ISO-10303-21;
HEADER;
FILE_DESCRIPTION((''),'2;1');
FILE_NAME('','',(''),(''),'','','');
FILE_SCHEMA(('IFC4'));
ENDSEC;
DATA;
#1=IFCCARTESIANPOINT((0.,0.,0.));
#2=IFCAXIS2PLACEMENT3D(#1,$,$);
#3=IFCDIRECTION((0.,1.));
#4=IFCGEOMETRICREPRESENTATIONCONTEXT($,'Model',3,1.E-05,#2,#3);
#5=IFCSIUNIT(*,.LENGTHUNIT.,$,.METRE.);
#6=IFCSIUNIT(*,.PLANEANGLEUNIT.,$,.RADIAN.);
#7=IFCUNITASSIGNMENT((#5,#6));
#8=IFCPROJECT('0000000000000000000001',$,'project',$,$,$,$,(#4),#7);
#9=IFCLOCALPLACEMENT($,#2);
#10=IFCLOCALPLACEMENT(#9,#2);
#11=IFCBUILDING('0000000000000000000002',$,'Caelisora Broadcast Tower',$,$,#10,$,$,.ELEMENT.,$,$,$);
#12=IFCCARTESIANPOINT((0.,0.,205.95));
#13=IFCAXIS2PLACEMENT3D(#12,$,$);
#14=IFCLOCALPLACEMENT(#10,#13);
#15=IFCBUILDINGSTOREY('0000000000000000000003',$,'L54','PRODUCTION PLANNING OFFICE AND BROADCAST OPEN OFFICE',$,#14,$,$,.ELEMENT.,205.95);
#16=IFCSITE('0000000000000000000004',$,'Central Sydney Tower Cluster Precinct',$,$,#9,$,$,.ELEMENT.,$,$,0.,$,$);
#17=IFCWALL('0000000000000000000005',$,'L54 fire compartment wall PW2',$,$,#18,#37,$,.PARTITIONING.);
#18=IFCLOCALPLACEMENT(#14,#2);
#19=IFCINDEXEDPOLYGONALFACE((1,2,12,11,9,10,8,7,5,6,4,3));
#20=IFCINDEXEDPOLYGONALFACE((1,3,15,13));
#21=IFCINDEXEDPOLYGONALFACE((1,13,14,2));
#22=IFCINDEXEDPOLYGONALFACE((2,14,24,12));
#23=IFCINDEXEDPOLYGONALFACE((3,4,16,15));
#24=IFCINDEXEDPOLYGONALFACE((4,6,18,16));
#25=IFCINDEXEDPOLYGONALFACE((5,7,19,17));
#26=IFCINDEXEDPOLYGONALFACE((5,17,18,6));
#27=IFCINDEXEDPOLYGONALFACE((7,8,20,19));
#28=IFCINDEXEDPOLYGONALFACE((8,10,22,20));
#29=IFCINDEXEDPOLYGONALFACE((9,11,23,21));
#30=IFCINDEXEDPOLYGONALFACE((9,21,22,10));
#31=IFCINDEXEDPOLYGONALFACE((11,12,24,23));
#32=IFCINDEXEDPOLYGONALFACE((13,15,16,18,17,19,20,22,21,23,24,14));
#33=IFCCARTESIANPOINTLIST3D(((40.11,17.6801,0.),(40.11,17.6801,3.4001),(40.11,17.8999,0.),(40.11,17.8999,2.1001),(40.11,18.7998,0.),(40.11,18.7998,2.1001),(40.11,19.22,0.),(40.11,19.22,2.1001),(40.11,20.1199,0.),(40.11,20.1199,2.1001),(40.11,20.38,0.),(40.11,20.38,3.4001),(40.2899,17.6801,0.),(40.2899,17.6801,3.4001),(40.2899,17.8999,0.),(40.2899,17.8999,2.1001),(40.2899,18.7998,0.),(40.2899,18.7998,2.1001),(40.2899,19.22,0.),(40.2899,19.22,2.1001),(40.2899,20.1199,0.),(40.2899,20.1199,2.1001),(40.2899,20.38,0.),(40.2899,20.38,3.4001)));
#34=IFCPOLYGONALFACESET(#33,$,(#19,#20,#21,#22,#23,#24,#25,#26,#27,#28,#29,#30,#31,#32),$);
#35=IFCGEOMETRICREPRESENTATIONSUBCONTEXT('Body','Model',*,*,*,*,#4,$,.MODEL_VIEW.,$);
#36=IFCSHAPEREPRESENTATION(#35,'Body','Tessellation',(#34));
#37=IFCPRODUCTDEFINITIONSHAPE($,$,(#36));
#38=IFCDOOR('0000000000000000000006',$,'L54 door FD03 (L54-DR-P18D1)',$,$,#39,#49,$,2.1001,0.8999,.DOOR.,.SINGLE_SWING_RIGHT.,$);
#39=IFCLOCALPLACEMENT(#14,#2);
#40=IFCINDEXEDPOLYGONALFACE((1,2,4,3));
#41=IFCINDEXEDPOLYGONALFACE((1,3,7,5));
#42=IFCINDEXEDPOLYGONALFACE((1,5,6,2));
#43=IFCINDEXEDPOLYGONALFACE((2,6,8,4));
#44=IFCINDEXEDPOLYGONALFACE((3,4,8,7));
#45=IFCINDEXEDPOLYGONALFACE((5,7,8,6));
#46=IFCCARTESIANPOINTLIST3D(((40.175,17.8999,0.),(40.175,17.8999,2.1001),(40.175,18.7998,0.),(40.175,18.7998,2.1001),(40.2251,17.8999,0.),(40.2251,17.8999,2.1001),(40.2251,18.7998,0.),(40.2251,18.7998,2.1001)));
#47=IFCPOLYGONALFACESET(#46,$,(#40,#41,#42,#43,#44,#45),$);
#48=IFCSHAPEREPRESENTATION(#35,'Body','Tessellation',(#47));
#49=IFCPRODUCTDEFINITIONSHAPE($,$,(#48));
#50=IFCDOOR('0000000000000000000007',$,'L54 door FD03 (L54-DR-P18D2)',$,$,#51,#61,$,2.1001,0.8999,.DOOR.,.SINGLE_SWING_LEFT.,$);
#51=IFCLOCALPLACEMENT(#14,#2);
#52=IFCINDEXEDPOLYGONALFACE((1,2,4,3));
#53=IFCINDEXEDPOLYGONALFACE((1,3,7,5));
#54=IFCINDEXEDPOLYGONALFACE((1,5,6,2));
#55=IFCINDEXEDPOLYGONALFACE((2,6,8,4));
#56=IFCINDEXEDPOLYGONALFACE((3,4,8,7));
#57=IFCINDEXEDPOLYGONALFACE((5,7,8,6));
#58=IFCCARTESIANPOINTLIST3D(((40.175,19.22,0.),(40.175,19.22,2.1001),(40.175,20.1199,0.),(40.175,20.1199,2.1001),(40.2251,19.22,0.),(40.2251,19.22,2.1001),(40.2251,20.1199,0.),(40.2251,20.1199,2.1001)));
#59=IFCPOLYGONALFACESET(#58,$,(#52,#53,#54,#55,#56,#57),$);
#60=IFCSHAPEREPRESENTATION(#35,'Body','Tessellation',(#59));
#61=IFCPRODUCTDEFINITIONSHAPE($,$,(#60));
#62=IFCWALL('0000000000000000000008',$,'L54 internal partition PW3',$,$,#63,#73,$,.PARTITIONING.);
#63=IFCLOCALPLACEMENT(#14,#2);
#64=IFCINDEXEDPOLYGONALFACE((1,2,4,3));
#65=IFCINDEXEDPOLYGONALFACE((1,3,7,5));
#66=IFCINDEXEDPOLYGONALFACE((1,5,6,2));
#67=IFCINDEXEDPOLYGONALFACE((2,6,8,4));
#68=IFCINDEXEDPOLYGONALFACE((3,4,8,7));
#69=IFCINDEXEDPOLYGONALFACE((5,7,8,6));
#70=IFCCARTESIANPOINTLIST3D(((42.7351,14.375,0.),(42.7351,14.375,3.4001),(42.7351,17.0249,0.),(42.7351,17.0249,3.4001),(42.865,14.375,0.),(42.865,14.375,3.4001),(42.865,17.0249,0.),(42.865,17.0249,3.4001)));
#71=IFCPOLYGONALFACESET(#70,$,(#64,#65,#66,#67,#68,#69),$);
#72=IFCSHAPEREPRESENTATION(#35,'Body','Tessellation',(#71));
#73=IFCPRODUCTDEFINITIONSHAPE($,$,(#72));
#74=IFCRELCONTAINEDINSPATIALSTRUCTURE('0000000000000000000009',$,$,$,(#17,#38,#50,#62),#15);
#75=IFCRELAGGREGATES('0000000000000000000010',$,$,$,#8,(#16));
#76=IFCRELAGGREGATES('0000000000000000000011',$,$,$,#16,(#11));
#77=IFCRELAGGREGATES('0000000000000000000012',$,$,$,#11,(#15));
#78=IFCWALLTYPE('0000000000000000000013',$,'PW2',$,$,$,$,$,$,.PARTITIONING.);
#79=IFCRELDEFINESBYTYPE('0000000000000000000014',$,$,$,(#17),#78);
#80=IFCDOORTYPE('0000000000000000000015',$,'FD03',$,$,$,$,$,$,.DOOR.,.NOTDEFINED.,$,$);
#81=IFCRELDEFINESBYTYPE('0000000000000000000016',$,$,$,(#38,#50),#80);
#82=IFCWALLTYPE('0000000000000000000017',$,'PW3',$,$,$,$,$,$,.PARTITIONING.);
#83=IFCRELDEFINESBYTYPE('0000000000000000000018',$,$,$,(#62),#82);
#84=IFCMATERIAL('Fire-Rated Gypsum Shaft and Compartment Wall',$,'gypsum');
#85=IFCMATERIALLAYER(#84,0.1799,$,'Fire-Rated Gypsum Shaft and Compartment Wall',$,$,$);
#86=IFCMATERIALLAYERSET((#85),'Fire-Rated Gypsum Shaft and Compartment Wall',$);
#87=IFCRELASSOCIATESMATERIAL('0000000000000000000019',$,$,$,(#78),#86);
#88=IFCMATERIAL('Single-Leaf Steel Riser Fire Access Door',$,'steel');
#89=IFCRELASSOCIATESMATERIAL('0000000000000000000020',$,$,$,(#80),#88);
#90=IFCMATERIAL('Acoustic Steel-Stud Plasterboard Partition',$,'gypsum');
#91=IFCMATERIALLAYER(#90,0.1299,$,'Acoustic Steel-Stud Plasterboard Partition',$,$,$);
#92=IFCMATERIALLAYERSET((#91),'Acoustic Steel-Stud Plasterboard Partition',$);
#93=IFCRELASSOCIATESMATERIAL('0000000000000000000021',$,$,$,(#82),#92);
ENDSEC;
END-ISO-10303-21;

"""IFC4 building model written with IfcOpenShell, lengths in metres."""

from ifc_helpers import new_model, si_unit, direction, frame, frame_2d, origin, place, context, subcontext, project, spatial, rectangle, extrude, material, layer, layer_set, type_object, element, fill, save


model = new_model("IFC4")

# Units and contexts
model_context = context("Model", 3, precision=1e-05, world=origin(), true_north=direction((0.0, 1.0)))
body_context = subcontext(model_context, "Body", "Model", "MODEL_VIEW")
ifc_project = project(units=[si_unit("LENGTHUNIT", "METRE"), si_unit("PLANEANGLEUNIT", "RADIAN")], contexts=[model_context])

# Site, building, storey
site_placement = place(None, origin())
site = spatial("IfcSite", under=ifc_project, at=site_placement, Name="Central Sydney Tower Cluster Precinct", CompositionType="ELEMENT", RefElevation=0.0)
building_placement = place(site_placement, origin())
building = spatial("IfcBuilding", under=site, at=building_placement, Name="Caelisora Broadcast Tower", CompositionType="ELEMENT")
storey_placement = place(building_placement, frame((0.0, 0.0, 205.95)))
storey = spatial("IfcBuildingStorey", under=building, at=storey_placement, Name="L54", Description="PRODUCTION PLANNING OFFICE AND BROADCAST OPEN OFFICE", CompositionType="ELEMENT", Elevation=205.95)

# Shared definitions
ifc_material_1 = material(Name="Fire-Rated Gypsum Shaft and Compartment Wall", Category="gypsum")
ifc_layer_1 = layer(ifc_material_1, 0.1799, Name="Fire-Rated Gypsum Shaft and Compartment Wall")
ifc_layer_set_1 = layer_set([ifc_layer_1], Name="Fire-Rated Gypsum Shaft and Compartment Wall")
wall_type_1 = type_object("IfcWallType", Name="PW2", PredefinedType="PARTITIONING", material=ifc_layer_set_1)
ifc_material_2 = material(Name="Single-Leaf Steel Riser Fire Access Door", Category="steel")
door_type_1 = type_object("IfcDoorType", Name="FD03", OperationType="NOTDEFINED", PredefinedType="DOOR", material=ifc_material_2)

# Wall, openings, doors
wall_1_placement = place(storey_placement, frame((40.2, 17.6799, 0.0), z_axis=(0.0, 0.0, 1.0), x_axis=(0.0, 1.0, 0.0)))
wall_1 = element("IfcWall", 1, at=wall_1_placement, inside=storey, type_object=wall_type_1, Name="L54 fire compartment wall PW2", PredefinedType="PARTITIONING", context=body_context, shape_type="SweptSolid", body=[
    extrude(rectangle(XDim=2.7, YDim=0.1799, at=frame_2d((1.3501, 0.0))), origin(), (0.0, 0.0, 1.0), 3.4001),
])
opening_1_placement = place(wall_1_placement, frame((0.22, 0.0, 0.0)))
opening_1 = element("IfcOpeningElement", 2, at=opening_1_placement, cuts=wall_1, PredefinedType="OPENING", context=body_context, shape_type="SweptSolid", body=[
    extrude(rectangle(XDim=0.8999, YDim=2.1001, at=frame_2d((0.45, 1.05))), frame((0.0, 0.1021, 0.0), z_axis=(0.0, -1.0, 0.0), x_axis=(1.0, 0.0, 0.0)), (0.0, 0.0, 1.0), 0.2039),
])
opening_2_placement = place(wall_1_placement, frame((1.54, 0.0, 0.0)))
opening_2 = element("IfcOpeningElement", 3, at=opening_2_placement, cuts=wall_1, PredefinedType="OPENING", context=body_context, shape_type="SweptSolid", body=[
    extrude(rectangle(XDim=0.8999, YDim=2.1001, at=frame_2d((0.45, 1.05))), frame((0.0, 0.1021, 0.0), z_axis=(0.0, -1.0, 0.0), x_axis=(1.0, 0.0, 0.0)), (0.0, 0.0, 1.0), 0.2039),
])
door_1_placement = place(opening_1_placement, origin())
door_1 = element("IfcDoor", 4, at=door_1_placement, inside=storey, type_object=door_type_1, Name="L54 door FD03 (L54-DR-P18D1)", OperationType="SINGLE_SWING_RIGHT", OverallHeight=2.1001, OverallWidth=0.8999, PredefinedType="DOOR", context=body_context, shape_type="SweptSolid", body=[
    extrude(rectangle(XDim=0.8999, YDim=2.1001, at=frame_2d((0.45, 1.05))), frame((0.0, 0.0249, 0.0), z_axis=(0.0, -1.0, 0.0), x_axis=(1.0, 0.0, 0.0)), (0.0, 0.0, 1.0), 0.05),
])
fill(opening_1, door_1)
door_2_placement = place(opening_2_placement, origin())
door_2 = element("IfcDoor", 5, at=door_2_placement, inside=storey, type_object=door_type_1, Name="L54 door FD03 (L54-DR-P18D2)", OperationType="SINGLE_SWING_LEFT", OverallHeight=2.1001, OverallWidth=0.8999, PredefinedType="DOOR", context=body_context, shape_type="SweptSolid", body=[
    extrude(rectangle(XDim=0.8999, YDim=2.1001, at=frame_2d((0.45, 1.05))), frame((0.0, 0.0249, 0.0), z_axis=(0.0, -1.0, 0.0), x_axis=(1.0, 0.0, 0.0)), (0.0, 0.0, 1.0), 0.05),
])
fill(opening_2, door_2)

# Wall
ifc_material_3 = material(Name="Acoustic Steel-Stud Plasterboard Partition", Category="gypsum")
ifc_layer_2 = layer(ifc_material_3, 0.1299, Name="Acoustic Steel-Stud Plasterboard Partition")
ifc_layer_set_2 = layer_set([ifc_layer_2], Name="Acoustic Steel-Stud Plasterboard Partition")
wall_type_2 = type_object("IfcWallType", Name="PW3", PredefinedType="PARTITIONING", material=ifc_layer_set_2)
wall_2_placement = place(storey_placement, frame((42.8, 14.375, 0.0), z_axis=(0.0, 0.0, 1.0), x_axis=(0.0, 1.0, 0.0)))
element("IfcWall", 6, at=wall_2_placement, inside=storey, type_object=wall_type_2, Name="L54 internal partition PW3", PredefinedType="PARTITIONING", context=body_context, shape_type="SweptSolid", body=[
    extrude(rectangle(XDim=2.6499, YDim=0.1299, at=frame_2d((1.325, 0.0))), origin(), (0.0, 0.0, 1.0), 3.4001),
])

save(model, "model.ifc")
